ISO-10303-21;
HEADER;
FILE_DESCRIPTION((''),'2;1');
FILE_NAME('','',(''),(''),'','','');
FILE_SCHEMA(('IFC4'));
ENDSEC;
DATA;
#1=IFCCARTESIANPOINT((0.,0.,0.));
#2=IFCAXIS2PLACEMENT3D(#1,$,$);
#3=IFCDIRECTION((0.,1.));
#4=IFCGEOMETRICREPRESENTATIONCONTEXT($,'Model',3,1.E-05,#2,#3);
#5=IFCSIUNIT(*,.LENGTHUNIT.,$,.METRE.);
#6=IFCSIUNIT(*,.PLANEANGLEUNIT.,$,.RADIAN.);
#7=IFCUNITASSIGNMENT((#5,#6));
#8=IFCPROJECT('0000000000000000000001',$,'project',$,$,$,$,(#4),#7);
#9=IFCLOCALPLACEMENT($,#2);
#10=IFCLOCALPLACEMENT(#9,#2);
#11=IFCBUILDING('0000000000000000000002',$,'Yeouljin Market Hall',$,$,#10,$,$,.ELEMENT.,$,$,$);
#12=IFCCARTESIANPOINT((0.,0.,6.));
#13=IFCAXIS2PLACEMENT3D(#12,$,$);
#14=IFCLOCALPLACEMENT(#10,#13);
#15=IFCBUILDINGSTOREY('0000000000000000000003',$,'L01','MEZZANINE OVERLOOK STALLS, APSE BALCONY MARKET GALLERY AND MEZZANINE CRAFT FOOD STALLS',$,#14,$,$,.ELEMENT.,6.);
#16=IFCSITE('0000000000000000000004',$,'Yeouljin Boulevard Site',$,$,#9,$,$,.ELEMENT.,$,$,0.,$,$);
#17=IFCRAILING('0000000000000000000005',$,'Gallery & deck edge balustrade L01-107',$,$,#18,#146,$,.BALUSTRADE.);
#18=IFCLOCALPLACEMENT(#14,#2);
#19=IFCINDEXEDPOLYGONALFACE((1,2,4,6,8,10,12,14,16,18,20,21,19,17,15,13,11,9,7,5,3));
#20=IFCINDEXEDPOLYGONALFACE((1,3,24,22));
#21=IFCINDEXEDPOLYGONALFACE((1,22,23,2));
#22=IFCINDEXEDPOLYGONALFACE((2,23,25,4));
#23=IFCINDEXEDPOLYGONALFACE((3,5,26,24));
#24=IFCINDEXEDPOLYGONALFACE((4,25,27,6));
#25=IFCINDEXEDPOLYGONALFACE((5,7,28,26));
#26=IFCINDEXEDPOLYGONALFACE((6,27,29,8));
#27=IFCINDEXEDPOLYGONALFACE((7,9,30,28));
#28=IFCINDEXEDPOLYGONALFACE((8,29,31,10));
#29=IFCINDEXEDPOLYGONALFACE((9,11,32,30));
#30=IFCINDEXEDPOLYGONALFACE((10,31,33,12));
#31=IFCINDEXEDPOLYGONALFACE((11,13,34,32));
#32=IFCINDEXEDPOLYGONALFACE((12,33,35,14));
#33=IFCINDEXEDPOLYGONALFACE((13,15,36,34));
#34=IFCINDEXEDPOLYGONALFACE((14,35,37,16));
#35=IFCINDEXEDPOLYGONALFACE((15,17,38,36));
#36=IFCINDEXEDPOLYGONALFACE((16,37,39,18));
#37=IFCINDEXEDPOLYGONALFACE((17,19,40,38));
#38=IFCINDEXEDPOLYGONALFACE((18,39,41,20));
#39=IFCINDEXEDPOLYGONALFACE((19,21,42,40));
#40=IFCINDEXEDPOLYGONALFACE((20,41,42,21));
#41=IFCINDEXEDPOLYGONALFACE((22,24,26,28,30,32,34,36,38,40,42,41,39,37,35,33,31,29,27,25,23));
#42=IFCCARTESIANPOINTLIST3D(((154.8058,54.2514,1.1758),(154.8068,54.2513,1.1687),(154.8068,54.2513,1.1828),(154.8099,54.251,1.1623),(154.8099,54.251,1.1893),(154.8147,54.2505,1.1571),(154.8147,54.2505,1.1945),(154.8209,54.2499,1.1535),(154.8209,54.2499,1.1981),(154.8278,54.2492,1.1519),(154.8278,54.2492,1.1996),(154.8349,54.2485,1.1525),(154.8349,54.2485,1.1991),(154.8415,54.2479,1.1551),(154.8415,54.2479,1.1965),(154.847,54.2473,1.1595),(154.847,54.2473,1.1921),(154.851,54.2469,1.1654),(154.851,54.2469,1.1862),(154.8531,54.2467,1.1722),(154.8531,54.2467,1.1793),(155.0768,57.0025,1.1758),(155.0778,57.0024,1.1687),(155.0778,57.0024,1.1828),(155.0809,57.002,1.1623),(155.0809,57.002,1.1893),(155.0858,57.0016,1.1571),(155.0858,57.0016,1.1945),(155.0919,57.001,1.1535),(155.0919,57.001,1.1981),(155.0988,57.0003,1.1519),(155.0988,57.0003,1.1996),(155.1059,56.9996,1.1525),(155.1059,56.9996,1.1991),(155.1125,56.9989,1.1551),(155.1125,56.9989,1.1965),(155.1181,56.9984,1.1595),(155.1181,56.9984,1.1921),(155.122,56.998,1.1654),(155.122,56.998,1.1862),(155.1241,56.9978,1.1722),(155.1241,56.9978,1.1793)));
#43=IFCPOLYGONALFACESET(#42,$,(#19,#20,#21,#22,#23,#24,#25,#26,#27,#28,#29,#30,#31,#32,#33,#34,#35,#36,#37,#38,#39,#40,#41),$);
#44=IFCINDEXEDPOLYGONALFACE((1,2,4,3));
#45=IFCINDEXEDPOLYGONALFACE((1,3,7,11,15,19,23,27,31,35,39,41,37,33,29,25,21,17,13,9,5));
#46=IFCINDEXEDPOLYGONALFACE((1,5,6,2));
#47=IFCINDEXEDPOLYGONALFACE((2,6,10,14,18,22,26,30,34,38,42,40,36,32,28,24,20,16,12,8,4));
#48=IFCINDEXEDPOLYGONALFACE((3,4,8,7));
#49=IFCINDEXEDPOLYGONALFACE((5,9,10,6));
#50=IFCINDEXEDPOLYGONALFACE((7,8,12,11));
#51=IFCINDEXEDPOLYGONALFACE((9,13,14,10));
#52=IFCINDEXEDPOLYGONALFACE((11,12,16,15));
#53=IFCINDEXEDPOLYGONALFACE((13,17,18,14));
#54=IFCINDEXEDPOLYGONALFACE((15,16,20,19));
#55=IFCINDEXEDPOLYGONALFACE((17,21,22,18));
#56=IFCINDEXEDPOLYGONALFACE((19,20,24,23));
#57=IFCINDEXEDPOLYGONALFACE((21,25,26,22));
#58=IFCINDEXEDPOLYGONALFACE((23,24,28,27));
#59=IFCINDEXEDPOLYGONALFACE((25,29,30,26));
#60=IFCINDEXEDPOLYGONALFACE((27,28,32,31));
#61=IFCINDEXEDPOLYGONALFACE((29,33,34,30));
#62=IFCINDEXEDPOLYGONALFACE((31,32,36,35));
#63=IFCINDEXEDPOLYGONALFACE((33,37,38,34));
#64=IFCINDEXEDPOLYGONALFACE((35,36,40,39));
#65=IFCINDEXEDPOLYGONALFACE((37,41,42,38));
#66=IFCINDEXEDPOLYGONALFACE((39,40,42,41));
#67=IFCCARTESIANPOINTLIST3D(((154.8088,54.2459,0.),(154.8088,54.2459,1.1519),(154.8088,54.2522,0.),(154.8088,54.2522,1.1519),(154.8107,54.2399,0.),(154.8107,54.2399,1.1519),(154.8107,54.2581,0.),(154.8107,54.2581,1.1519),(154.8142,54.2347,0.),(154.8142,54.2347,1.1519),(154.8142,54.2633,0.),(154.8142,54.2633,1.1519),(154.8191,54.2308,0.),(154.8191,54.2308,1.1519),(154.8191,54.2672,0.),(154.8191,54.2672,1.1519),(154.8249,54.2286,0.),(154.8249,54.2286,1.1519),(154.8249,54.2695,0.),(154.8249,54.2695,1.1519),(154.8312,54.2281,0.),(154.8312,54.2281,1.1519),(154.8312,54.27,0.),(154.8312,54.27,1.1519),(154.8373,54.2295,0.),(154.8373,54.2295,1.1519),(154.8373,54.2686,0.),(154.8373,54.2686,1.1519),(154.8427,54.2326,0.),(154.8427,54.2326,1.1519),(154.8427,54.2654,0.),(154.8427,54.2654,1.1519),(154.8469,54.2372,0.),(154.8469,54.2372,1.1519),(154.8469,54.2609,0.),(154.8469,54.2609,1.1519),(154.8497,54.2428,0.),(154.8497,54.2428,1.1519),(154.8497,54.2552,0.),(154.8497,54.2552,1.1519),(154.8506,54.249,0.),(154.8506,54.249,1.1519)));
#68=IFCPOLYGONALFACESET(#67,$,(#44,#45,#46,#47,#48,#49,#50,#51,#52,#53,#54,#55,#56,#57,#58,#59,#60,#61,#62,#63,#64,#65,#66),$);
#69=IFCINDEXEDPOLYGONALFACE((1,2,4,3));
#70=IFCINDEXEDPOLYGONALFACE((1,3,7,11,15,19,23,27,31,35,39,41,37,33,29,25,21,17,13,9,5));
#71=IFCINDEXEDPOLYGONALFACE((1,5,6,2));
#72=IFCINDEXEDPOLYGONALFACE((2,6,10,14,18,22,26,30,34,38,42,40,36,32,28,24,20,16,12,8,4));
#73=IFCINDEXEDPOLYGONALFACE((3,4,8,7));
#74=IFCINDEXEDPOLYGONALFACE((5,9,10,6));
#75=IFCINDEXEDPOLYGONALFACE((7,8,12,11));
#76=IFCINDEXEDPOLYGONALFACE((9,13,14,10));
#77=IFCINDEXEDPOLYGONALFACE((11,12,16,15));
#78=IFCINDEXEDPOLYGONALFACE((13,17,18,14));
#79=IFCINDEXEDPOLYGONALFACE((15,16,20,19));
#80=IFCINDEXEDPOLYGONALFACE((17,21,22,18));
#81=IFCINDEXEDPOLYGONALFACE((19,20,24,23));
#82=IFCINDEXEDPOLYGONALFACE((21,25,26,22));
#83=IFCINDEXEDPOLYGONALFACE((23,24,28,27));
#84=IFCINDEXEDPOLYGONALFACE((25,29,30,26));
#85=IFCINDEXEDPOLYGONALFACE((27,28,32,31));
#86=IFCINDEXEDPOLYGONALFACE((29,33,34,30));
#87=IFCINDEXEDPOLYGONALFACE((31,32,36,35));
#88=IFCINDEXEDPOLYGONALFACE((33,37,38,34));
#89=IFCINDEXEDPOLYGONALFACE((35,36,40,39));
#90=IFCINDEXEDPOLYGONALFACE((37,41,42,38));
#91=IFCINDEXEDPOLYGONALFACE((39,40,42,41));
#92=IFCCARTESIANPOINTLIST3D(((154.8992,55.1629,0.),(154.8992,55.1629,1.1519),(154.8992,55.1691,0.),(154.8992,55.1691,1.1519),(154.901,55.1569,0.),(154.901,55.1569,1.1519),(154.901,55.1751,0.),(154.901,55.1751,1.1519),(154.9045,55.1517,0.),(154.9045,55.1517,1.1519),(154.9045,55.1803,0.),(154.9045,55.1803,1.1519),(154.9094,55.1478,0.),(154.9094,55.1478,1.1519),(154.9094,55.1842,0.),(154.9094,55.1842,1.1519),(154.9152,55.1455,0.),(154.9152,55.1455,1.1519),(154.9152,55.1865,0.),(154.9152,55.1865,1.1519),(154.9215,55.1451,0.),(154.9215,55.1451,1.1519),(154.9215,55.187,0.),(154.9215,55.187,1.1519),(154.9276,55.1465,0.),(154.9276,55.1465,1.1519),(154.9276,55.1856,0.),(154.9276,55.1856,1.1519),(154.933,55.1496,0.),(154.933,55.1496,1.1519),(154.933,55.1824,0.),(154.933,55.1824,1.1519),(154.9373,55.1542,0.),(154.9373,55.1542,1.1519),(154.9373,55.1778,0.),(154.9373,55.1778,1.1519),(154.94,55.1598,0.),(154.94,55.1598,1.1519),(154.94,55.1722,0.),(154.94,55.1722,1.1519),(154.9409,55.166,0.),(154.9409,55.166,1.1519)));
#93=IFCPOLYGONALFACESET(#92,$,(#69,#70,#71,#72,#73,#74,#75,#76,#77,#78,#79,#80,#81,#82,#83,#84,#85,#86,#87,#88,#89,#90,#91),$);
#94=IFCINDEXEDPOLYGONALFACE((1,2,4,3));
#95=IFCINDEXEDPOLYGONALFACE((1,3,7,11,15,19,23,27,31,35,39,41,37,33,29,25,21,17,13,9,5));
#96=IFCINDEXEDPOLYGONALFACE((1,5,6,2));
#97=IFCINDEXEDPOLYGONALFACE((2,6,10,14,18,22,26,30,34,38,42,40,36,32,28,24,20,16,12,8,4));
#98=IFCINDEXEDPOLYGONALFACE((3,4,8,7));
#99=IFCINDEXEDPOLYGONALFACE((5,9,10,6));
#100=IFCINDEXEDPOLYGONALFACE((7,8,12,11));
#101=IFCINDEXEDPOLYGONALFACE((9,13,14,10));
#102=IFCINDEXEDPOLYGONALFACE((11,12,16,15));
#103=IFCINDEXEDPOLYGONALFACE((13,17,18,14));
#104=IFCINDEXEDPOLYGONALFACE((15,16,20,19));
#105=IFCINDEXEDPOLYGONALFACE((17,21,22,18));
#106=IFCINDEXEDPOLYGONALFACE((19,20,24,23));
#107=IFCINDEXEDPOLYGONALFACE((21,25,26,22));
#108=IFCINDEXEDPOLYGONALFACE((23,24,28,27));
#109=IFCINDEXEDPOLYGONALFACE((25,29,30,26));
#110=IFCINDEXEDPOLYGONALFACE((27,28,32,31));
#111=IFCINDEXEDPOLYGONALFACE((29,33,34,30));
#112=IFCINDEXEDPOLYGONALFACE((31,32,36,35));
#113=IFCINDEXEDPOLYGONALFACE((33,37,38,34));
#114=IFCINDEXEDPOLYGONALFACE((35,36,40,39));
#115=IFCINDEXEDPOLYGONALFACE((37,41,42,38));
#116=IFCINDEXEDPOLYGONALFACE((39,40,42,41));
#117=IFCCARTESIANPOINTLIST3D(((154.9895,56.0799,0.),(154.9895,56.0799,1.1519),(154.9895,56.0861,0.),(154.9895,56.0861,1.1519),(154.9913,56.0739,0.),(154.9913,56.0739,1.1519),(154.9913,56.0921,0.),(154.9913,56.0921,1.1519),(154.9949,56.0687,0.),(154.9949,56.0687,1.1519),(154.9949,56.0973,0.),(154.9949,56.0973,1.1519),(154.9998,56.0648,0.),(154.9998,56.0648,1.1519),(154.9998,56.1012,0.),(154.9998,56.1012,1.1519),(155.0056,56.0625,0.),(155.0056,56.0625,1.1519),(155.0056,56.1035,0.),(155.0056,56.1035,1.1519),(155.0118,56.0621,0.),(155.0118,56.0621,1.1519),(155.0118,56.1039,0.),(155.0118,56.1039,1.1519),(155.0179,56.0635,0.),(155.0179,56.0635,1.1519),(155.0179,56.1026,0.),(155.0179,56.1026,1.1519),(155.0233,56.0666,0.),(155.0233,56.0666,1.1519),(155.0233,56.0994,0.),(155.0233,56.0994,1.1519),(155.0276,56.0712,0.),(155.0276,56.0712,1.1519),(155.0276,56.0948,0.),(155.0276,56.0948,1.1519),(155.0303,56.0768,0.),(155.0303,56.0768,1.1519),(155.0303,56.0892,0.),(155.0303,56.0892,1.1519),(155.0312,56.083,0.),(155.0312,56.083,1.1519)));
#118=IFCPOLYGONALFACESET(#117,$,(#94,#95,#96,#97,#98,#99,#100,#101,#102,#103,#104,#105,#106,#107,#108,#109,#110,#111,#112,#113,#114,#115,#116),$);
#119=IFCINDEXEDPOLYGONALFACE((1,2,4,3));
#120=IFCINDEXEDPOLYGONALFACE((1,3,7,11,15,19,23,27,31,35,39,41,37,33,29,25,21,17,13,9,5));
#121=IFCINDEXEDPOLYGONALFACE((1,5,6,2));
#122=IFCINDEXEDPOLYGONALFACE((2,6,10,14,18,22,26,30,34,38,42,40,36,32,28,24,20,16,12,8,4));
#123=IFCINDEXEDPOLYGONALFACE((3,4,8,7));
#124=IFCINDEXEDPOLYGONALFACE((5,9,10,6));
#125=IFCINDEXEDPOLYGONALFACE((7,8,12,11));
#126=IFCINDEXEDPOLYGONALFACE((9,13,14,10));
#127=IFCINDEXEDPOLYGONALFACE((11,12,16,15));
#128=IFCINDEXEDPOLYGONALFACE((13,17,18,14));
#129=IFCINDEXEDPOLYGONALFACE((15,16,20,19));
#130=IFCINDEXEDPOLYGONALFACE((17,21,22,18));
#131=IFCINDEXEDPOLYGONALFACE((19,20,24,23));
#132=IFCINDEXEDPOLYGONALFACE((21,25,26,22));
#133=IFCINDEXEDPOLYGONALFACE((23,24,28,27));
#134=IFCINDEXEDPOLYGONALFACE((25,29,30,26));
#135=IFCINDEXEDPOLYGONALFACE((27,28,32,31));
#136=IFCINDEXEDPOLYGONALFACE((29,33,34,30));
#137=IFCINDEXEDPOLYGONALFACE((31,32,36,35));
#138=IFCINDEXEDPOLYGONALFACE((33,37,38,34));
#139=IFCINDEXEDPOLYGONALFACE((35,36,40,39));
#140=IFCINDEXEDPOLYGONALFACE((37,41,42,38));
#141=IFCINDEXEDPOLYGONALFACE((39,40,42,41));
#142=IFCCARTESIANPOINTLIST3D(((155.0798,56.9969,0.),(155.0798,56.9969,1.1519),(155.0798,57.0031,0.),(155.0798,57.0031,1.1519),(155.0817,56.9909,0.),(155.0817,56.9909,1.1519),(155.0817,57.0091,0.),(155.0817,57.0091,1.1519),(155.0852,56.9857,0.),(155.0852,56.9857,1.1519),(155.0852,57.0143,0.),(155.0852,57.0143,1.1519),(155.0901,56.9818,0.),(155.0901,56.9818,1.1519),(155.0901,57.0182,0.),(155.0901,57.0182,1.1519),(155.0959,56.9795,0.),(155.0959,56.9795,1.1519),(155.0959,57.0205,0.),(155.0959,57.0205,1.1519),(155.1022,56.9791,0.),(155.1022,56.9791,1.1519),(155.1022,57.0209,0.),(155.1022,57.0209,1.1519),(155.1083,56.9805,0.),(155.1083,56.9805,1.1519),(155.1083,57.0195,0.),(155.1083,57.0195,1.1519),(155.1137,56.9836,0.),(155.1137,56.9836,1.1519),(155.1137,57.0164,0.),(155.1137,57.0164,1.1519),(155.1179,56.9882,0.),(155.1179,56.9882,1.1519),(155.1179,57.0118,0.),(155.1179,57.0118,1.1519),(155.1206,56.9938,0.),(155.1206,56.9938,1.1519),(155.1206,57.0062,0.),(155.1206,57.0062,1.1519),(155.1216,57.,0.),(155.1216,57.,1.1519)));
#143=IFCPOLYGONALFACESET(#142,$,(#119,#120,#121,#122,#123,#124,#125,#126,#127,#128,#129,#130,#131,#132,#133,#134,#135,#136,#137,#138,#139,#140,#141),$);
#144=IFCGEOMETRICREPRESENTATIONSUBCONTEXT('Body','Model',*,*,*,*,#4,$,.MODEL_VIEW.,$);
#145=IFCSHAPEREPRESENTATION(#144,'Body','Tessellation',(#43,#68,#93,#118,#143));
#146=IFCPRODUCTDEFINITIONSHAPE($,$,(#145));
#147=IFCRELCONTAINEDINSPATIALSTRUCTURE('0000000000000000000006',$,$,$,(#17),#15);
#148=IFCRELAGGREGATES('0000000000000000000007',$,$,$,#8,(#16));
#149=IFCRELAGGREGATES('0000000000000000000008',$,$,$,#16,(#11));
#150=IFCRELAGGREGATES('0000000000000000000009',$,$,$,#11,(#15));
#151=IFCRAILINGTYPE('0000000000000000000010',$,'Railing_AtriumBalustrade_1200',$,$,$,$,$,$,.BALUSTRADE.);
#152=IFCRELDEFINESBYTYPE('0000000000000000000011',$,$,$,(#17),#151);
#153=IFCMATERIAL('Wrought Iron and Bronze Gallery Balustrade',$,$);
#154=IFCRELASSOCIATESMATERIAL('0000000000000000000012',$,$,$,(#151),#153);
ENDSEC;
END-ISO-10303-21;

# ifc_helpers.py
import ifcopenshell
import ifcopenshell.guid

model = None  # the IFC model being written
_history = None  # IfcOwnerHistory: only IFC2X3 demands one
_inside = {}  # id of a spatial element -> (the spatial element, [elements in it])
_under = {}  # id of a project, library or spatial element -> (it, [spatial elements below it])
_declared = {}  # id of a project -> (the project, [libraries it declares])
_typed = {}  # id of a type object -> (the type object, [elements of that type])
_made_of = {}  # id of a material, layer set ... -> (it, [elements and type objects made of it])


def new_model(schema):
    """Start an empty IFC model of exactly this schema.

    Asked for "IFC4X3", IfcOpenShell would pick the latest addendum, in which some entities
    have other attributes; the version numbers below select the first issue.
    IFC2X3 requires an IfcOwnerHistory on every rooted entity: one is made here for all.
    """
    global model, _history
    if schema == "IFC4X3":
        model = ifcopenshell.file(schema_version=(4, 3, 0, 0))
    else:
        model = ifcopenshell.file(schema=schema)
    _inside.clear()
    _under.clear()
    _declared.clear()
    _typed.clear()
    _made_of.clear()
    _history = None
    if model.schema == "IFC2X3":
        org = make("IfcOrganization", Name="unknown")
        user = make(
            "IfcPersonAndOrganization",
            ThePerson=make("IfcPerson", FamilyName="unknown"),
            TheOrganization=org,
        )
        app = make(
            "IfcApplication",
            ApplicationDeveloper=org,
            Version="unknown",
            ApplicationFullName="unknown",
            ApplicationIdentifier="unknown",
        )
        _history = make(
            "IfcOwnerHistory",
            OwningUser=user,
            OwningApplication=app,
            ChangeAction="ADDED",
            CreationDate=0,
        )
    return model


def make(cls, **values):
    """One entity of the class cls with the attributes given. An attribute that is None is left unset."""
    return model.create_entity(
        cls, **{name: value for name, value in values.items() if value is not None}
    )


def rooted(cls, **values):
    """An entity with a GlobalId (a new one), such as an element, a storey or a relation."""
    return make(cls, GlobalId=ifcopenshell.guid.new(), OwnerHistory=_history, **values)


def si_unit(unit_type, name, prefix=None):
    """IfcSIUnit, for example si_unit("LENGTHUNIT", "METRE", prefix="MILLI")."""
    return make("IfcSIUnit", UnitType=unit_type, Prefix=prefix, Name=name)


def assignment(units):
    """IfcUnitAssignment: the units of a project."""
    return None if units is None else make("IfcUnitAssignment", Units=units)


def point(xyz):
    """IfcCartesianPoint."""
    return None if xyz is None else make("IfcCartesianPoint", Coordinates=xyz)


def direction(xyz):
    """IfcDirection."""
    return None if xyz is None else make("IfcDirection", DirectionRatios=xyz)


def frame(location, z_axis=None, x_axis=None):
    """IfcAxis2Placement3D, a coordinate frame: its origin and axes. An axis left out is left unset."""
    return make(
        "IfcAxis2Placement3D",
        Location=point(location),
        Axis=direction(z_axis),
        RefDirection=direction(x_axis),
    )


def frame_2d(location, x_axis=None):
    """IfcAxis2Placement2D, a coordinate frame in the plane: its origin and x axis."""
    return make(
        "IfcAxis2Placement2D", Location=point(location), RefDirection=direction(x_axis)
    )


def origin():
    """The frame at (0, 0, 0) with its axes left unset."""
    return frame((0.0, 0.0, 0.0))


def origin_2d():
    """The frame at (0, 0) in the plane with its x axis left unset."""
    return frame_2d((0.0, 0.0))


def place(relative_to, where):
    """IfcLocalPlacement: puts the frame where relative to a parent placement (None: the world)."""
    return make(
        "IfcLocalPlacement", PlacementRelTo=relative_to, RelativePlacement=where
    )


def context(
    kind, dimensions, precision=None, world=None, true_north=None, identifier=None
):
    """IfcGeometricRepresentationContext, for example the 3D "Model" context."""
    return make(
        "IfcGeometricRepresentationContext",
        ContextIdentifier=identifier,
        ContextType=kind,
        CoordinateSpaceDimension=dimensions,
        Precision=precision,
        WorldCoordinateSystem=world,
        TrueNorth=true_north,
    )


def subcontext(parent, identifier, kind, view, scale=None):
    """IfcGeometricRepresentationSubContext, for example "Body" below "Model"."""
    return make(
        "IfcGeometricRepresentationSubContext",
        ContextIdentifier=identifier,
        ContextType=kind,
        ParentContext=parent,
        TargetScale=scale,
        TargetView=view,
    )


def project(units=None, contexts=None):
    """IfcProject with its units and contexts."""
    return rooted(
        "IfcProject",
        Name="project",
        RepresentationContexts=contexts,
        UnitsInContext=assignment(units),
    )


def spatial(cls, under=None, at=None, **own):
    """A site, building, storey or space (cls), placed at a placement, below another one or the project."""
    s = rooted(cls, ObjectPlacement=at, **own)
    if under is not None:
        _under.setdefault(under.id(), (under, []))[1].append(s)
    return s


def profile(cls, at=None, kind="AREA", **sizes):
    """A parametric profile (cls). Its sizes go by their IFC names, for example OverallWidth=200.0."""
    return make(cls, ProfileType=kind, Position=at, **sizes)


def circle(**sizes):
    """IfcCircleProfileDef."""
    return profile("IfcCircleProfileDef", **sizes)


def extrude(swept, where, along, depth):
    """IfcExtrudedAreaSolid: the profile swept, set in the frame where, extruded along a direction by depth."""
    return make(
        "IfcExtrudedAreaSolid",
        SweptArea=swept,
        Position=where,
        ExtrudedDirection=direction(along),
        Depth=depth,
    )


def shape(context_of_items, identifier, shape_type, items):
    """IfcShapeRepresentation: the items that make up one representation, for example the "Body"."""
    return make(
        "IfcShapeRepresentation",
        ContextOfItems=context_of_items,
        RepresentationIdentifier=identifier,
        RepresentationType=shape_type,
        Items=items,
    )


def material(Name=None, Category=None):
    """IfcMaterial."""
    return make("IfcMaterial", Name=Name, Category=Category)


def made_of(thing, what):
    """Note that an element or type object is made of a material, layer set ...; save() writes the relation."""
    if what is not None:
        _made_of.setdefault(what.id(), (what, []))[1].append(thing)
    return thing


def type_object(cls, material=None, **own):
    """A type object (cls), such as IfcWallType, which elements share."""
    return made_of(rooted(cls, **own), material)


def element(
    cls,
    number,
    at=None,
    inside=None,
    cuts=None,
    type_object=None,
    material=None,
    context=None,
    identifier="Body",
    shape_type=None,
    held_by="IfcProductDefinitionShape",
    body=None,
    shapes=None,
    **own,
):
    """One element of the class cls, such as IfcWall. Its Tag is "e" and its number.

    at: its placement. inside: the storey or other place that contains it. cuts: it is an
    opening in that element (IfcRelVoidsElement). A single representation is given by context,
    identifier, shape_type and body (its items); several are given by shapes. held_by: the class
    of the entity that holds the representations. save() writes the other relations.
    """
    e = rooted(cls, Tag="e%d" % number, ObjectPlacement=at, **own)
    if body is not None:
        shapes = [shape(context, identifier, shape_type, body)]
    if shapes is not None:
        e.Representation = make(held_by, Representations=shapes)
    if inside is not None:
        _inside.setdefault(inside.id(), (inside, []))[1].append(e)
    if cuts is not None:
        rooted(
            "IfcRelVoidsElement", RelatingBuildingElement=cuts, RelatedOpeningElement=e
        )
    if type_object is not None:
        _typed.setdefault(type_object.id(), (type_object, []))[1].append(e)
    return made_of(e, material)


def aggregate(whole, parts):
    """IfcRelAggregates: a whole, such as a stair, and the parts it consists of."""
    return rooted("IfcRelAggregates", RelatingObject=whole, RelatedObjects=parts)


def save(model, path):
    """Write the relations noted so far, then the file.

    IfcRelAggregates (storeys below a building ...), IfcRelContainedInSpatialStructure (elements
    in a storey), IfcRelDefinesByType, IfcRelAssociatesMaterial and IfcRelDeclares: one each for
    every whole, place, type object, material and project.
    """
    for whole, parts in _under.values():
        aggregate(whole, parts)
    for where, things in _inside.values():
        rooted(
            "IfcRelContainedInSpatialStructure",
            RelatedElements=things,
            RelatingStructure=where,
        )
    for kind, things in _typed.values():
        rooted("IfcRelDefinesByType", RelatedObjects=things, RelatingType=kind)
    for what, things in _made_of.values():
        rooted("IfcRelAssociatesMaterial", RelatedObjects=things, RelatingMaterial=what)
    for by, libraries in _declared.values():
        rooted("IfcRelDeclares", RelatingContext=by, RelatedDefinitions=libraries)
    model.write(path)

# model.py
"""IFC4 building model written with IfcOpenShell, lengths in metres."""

from ifc_helpers import new_model, si_unit, direction, frame, origin, origin_2d, place, context, subcontext, project, spatial, circle, extrude, material, type_object, element, save


model = new_model("IFC4")

# Units and contexts
model_context = context("Model", 3, precision=1e-05, world=origin(), true_north=direction((0.0, 1.0)))
body_context = subcontext(model_context, "Body", "Model", "MODEL_VIEW")
ifc_project = project(units=[si_unit("LENGTHUNIT", "METRE"), si_unit("PLANEANGLEUNIT", "RADIAN")], contexts=[model_context])

# Site, building, storey
site_placement = place(None, origin())
site = spatial("IfcSite", under=ifc_project, at=site_placement, Name="Yeouljin Boulevard Site", CompositionType="ELEMENT", RefElevation=0.0)
building_placement = place(site_placement, origin())
building = spatial("IfcBuilding", under=site, at=building_placement, Name="Yeouljin Market Hall", CompositionType="ELEMENT")
storey_placement = place(building_placement, frame((0.0, 0.0, 6.0)))
storey = spatial("IfcBuildingStorey", under=building, at=storey_placement, Name="L01", Description="MEZZANINE OVERLOOK STALLS, APSE BALCONY MARKET GALLERY AND MEZZANINE CRAFT FOOD STALLS", CompositionType="ELEMENT", Elevation=6.0)

# Railing
ifc_material_1 = material(Name="Wrought Iron and Bronze Gallery Balustrade")
railing_type = type_object("IfcRailingType", Name="Railing_AtriumBalustrade_1200", PredefinedType="BALUSTRADE", material=ifc_material_1)
railing_1_placement = place(storey_placement, frame((154.8296, 54.249, 0.0)))
element("IfcRailing", 1, at=railing_1_placement, inside=storey, type_object=railing_type, Name="Gallery & deck edge balustrade L01-107", PredefinedType="BALUSTRADE", context=body_context, shape_type="SweptSolid", body=[
    extrude(circle(Radius=0.0239, at=origin_2d()), frame((0.0, 0.0, 1.1758), z_axis=(0.098035, 0.995183, 0.0), x_axis=(-0.995183, 0.098035, 0.0)), (0.0, 0.0, 1.0), 2.7644),
    extrude(circle(Radius=0.021, at=origin_2d()), origin(), (0.0, 0.0, 1.0), 1.1519),
    extrude(circle(Radius=0.021, at=origin_2d()), frame((0.0903, 0.917, 0.0)), (0.0, 0.0, 1.0), 1.1519),
    extrude(circle(Radius=0.021, at=origin_2d()), frame((0.1807, 1.834, 0.0)), (0.0, 0.0, 1.0), 1.1519),
    extrude(circle(Radius=0.021, at=origin_2d()), frame((0.271, 2.751, 0.0)), (0.0, 0.0, 1.0), 1.1519),
])

save(model, "model.ifc")
